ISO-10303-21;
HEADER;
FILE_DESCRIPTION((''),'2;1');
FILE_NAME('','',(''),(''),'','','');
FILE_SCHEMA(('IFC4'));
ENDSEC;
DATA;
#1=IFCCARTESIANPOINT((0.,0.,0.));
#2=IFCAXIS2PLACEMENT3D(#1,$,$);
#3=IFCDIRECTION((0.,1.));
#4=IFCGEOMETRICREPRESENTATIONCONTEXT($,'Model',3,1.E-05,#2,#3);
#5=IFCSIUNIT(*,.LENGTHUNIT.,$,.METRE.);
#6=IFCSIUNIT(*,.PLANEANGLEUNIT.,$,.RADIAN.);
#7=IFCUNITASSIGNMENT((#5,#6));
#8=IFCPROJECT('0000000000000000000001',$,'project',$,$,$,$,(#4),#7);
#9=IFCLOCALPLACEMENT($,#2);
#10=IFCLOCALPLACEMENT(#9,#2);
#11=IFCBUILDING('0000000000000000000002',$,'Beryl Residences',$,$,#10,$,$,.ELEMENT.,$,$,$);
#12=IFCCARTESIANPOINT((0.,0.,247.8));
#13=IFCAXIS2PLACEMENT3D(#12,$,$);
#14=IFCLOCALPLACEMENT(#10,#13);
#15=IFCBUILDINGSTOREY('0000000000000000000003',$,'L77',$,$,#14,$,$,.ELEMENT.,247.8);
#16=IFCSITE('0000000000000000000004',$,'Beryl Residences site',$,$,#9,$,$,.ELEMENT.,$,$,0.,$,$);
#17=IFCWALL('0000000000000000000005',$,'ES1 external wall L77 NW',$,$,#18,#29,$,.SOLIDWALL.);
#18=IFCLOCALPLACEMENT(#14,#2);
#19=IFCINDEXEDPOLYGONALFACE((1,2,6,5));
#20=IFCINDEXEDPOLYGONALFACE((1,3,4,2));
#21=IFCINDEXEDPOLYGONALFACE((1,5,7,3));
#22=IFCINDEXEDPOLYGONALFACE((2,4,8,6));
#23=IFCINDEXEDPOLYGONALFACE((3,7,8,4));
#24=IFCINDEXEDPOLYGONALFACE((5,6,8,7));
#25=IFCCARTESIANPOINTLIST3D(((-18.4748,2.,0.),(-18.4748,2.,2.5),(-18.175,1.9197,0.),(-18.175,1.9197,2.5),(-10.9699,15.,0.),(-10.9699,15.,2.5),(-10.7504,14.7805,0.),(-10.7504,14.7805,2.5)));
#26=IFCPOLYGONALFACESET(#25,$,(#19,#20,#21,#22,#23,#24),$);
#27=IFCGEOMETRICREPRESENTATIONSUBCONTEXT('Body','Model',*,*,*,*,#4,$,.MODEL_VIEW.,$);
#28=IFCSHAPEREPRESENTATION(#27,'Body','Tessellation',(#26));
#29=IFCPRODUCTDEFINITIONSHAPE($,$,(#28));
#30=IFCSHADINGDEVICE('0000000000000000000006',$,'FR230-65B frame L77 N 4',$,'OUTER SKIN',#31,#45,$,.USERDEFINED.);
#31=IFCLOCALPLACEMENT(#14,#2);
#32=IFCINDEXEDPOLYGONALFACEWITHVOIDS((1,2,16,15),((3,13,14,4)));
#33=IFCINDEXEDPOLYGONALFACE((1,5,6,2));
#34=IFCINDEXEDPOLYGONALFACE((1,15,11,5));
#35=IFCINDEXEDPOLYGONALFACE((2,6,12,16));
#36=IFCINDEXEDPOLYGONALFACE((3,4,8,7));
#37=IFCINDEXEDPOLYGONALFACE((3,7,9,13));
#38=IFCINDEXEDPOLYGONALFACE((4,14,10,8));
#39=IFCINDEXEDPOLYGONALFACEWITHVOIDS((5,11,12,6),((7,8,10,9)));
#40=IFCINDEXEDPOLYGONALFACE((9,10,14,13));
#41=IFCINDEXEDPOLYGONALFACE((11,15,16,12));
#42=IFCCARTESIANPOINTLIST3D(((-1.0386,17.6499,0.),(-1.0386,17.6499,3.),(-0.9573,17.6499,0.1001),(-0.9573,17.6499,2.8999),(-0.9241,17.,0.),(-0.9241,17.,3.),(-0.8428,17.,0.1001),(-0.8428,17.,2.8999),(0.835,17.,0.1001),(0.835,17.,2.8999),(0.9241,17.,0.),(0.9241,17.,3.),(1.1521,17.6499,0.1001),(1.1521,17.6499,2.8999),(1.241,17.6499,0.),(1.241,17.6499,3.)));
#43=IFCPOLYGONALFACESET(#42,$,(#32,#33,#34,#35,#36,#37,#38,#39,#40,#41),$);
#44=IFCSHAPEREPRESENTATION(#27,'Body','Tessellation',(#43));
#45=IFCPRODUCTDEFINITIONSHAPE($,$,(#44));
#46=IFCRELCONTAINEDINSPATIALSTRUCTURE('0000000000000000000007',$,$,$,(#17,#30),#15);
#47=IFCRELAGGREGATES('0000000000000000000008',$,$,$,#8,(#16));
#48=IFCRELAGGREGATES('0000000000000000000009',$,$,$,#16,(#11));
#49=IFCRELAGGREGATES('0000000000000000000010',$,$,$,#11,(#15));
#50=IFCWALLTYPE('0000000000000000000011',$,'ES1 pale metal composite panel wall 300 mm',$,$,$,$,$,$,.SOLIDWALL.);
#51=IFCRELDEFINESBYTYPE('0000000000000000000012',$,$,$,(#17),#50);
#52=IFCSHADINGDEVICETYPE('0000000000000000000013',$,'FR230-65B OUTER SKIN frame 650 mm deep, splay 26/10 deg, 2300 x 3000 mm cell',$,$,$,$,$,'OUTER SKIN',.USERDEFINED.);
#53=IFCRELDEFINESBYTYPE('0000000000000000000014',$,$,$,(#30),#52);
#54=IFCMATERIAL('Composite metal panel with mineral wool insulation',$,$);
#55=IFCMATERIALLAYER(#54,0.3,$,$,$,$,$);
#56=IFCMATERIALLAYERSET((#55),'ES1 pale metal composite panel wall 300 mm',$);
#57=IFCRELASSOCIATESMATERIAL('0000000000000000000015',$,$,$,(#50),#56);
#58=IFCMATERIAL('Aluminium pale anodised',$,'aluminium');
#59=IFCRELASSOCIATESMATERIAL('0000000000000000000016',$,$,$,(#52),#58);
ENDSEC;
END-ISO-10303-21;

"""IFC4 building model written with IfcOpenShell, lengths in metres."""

from ifc_helpers import new_model, entity, si_unit, direction, frame, origin, place, context, subcontext, project, spatial, polyline, outline, extrude, source, transform, mapped, material, layer, layer_set, type_object, type_shapes, element, save


model = new_model("IFC4")

# Units and contexts
model_context = context("Model", 3, precision=1e-05, world=origin(), true_north=direction((0.0, 1.0)))
body_context = subcontext(model_context, "Body", "Model", "MODEL_VIEW")
ifc_project = project(units=[si_unit("LENGTHUNIT", "METRE"), si_unit("PLANEANGLEUNIT", "RADIAN")], contexts=[model_context])

# Site, building, storey
site_placement = place(None, origin())
site = spatial("IfcSite", under=ifc_project, at=site_placement, Name="Beryl Residences site", CompositionType="ELEMENT", RefElevation=0.0)
building_placement = place(site_placement, origin())
building = spatial("IfcBuilding", under=site, at=building_placement, Name="Beryl Residences", CompositionType="ELEMENT")
storey_placement = place(building_placement, frame((0.0, 0.0, 247.8)))
storey = spatial("IfcBuildingStorey", under=building, at=storey_placement, Name="L77", CompositionType="ELEMENT", Elevation=247.8)

# Wall
ifc_material_1 = material(Name="Composite metal panel with mineral wool insulation")
ifc_layer_1 = layer(ifc_material_1, 0.3)
ifc_layer_set_1 = layer_set([ifc_layer_1], Name="ES1 pale metal composite panel wall 300 mm")
wall_type = type_object("IfcWallType", Name="ES1 pale metal composite panel wall 300 mm", PredefinedType="SOLIDWALL", material=ifc_layer_set_1)
wall_1_placement = place(storey_placement, frame((-10.8401, 14.925, 0.0), z_axis=(0.0, 0.0, 1.0), x_axis=(-0.499966, -0.866045, 0.0)))
element("IfcWall", 1, at=wall_1_placement, inside=storey, type_object=wall_type, Name="ES1 external wall L77 NW", PredefinedType="SOLIDWALL", context=body_context, shape_type="SweptSolid", body=[
    extrude(outline(polyline([(0.0, -0.1499), (15.0107, -0.1499), (14.9304, 0.1499), (0.0803, 0.1499), (0.0, -0.1499)])), origin(), (0.0, 0.0, 1.0), 2.5),
])

# Shading device
ifc_material_2 = material(Name="Aluminium pale anodised", Category="aluminium")
shading_device_type_1 = type_object("IfcShadingDeviceType", Name="FR230-65B OUTER SKIN frame 650 mm deep, splay 26/10 deg, 2300 x 3000 mm cell", ElementType="OUTER SKIN", PredefinedType="USERDEFINED", material=ifc_material_2)
cartesian_point_1 = entity("IfcCartesianPoint", [-0.9241, 0.0])
cartesian_point_2 = entity("IfcCartesianPoint", [-0.835, 0.1001])
cartesian_point_3 = entity("IfcCartesianPoint", [-1.241, 0.0])
cartesian_point_4 = entity("IfcCartesianPoint", [-1.1521, 0.1001])
shared_shape_1 = source(origin(), body_context, "Body", "SweptSolid", [
    entity("IfcExtrudedAreaSolidTapered", entity("IfcArbitraryProfileDefWithVoids", "AREA", None, entity("IfcPolyline", [cartesian_point_1, entity("IfcCartesianPoint", [0.9241, 0.0]), entity("IfcCartesianPoint", [0.9241, 3.0]), entity("IfcCartesianPoint", [-0.9241, 3.0]), cartesian_point_1]), [entity("IfcPolyline", [cartesian_point_2, entity("IfcCartesianPoint", [0.8428, 0.1001]), entity("IfcCartesianPoint", [0.8428, 2.8999]), entity("IfcCartesianPoint", [-0.835, 2.8999]), cartesian_point_2])]), entity("IfcAxis2Placement3D", entity("IfcCartesianPoint", [0.0, 0.0, 0.0]), entity("IfcDirection", [0.0, 1.0, 0.0]), entity("IfcDirection", [-1.0, 0.0, 0.0])), entity("IfcDirection", [0.0, 0.0, 1.0]), 0.6499, entity("IfcArbitraryProfileDefWithVoids", "AREA", None, entity("IfcPolyline", [cartesian_point_3, entity("IfcCartesianPoint", [1.0386, 0.0]), entity("IfcCartesianPoint", [1.0386, 3.0]), entity("IfcCartesianPoint", [-1.241, 3.0]), cartesian_point_3]), [entity("IfcPolyline", [cartesian_point_4, entity("IfcCartesianPoint", [0.9573, 0.1001]), entity("IfcCartesianPoint", [0.9573, 2.8999]), entity("IfcCartesianPoint", [-1.1521, 2.8999]), cartesian_point_4])])),
])
type_shapes(shading_device_type_1, [shared_shape_1])
for number, where, z_axis, x_axis, name in (
    (2, (0.0, 17.0, 0.0), (0.0, 0.0, 1.0), (1.0, 0.0, 0.0), "FR230-65B frame L77 N 4"),
):
    element("IfcShadingDevice", number, at=place(storey_placement, frame(where, z_axis=z_axis, x_axis=x_axis)), inside=storey, type_object=shading_device_type_1, Name=name, ObjectType="OUTER SKIN", PredefinedType="USERDEFINED", context=body_context, shape_type="MappedRepresentation", body=[
        mapped(shared_shape_1, transform((0.0, 0.0, 0.0))),
    ])

save(model, "model.ifc")
